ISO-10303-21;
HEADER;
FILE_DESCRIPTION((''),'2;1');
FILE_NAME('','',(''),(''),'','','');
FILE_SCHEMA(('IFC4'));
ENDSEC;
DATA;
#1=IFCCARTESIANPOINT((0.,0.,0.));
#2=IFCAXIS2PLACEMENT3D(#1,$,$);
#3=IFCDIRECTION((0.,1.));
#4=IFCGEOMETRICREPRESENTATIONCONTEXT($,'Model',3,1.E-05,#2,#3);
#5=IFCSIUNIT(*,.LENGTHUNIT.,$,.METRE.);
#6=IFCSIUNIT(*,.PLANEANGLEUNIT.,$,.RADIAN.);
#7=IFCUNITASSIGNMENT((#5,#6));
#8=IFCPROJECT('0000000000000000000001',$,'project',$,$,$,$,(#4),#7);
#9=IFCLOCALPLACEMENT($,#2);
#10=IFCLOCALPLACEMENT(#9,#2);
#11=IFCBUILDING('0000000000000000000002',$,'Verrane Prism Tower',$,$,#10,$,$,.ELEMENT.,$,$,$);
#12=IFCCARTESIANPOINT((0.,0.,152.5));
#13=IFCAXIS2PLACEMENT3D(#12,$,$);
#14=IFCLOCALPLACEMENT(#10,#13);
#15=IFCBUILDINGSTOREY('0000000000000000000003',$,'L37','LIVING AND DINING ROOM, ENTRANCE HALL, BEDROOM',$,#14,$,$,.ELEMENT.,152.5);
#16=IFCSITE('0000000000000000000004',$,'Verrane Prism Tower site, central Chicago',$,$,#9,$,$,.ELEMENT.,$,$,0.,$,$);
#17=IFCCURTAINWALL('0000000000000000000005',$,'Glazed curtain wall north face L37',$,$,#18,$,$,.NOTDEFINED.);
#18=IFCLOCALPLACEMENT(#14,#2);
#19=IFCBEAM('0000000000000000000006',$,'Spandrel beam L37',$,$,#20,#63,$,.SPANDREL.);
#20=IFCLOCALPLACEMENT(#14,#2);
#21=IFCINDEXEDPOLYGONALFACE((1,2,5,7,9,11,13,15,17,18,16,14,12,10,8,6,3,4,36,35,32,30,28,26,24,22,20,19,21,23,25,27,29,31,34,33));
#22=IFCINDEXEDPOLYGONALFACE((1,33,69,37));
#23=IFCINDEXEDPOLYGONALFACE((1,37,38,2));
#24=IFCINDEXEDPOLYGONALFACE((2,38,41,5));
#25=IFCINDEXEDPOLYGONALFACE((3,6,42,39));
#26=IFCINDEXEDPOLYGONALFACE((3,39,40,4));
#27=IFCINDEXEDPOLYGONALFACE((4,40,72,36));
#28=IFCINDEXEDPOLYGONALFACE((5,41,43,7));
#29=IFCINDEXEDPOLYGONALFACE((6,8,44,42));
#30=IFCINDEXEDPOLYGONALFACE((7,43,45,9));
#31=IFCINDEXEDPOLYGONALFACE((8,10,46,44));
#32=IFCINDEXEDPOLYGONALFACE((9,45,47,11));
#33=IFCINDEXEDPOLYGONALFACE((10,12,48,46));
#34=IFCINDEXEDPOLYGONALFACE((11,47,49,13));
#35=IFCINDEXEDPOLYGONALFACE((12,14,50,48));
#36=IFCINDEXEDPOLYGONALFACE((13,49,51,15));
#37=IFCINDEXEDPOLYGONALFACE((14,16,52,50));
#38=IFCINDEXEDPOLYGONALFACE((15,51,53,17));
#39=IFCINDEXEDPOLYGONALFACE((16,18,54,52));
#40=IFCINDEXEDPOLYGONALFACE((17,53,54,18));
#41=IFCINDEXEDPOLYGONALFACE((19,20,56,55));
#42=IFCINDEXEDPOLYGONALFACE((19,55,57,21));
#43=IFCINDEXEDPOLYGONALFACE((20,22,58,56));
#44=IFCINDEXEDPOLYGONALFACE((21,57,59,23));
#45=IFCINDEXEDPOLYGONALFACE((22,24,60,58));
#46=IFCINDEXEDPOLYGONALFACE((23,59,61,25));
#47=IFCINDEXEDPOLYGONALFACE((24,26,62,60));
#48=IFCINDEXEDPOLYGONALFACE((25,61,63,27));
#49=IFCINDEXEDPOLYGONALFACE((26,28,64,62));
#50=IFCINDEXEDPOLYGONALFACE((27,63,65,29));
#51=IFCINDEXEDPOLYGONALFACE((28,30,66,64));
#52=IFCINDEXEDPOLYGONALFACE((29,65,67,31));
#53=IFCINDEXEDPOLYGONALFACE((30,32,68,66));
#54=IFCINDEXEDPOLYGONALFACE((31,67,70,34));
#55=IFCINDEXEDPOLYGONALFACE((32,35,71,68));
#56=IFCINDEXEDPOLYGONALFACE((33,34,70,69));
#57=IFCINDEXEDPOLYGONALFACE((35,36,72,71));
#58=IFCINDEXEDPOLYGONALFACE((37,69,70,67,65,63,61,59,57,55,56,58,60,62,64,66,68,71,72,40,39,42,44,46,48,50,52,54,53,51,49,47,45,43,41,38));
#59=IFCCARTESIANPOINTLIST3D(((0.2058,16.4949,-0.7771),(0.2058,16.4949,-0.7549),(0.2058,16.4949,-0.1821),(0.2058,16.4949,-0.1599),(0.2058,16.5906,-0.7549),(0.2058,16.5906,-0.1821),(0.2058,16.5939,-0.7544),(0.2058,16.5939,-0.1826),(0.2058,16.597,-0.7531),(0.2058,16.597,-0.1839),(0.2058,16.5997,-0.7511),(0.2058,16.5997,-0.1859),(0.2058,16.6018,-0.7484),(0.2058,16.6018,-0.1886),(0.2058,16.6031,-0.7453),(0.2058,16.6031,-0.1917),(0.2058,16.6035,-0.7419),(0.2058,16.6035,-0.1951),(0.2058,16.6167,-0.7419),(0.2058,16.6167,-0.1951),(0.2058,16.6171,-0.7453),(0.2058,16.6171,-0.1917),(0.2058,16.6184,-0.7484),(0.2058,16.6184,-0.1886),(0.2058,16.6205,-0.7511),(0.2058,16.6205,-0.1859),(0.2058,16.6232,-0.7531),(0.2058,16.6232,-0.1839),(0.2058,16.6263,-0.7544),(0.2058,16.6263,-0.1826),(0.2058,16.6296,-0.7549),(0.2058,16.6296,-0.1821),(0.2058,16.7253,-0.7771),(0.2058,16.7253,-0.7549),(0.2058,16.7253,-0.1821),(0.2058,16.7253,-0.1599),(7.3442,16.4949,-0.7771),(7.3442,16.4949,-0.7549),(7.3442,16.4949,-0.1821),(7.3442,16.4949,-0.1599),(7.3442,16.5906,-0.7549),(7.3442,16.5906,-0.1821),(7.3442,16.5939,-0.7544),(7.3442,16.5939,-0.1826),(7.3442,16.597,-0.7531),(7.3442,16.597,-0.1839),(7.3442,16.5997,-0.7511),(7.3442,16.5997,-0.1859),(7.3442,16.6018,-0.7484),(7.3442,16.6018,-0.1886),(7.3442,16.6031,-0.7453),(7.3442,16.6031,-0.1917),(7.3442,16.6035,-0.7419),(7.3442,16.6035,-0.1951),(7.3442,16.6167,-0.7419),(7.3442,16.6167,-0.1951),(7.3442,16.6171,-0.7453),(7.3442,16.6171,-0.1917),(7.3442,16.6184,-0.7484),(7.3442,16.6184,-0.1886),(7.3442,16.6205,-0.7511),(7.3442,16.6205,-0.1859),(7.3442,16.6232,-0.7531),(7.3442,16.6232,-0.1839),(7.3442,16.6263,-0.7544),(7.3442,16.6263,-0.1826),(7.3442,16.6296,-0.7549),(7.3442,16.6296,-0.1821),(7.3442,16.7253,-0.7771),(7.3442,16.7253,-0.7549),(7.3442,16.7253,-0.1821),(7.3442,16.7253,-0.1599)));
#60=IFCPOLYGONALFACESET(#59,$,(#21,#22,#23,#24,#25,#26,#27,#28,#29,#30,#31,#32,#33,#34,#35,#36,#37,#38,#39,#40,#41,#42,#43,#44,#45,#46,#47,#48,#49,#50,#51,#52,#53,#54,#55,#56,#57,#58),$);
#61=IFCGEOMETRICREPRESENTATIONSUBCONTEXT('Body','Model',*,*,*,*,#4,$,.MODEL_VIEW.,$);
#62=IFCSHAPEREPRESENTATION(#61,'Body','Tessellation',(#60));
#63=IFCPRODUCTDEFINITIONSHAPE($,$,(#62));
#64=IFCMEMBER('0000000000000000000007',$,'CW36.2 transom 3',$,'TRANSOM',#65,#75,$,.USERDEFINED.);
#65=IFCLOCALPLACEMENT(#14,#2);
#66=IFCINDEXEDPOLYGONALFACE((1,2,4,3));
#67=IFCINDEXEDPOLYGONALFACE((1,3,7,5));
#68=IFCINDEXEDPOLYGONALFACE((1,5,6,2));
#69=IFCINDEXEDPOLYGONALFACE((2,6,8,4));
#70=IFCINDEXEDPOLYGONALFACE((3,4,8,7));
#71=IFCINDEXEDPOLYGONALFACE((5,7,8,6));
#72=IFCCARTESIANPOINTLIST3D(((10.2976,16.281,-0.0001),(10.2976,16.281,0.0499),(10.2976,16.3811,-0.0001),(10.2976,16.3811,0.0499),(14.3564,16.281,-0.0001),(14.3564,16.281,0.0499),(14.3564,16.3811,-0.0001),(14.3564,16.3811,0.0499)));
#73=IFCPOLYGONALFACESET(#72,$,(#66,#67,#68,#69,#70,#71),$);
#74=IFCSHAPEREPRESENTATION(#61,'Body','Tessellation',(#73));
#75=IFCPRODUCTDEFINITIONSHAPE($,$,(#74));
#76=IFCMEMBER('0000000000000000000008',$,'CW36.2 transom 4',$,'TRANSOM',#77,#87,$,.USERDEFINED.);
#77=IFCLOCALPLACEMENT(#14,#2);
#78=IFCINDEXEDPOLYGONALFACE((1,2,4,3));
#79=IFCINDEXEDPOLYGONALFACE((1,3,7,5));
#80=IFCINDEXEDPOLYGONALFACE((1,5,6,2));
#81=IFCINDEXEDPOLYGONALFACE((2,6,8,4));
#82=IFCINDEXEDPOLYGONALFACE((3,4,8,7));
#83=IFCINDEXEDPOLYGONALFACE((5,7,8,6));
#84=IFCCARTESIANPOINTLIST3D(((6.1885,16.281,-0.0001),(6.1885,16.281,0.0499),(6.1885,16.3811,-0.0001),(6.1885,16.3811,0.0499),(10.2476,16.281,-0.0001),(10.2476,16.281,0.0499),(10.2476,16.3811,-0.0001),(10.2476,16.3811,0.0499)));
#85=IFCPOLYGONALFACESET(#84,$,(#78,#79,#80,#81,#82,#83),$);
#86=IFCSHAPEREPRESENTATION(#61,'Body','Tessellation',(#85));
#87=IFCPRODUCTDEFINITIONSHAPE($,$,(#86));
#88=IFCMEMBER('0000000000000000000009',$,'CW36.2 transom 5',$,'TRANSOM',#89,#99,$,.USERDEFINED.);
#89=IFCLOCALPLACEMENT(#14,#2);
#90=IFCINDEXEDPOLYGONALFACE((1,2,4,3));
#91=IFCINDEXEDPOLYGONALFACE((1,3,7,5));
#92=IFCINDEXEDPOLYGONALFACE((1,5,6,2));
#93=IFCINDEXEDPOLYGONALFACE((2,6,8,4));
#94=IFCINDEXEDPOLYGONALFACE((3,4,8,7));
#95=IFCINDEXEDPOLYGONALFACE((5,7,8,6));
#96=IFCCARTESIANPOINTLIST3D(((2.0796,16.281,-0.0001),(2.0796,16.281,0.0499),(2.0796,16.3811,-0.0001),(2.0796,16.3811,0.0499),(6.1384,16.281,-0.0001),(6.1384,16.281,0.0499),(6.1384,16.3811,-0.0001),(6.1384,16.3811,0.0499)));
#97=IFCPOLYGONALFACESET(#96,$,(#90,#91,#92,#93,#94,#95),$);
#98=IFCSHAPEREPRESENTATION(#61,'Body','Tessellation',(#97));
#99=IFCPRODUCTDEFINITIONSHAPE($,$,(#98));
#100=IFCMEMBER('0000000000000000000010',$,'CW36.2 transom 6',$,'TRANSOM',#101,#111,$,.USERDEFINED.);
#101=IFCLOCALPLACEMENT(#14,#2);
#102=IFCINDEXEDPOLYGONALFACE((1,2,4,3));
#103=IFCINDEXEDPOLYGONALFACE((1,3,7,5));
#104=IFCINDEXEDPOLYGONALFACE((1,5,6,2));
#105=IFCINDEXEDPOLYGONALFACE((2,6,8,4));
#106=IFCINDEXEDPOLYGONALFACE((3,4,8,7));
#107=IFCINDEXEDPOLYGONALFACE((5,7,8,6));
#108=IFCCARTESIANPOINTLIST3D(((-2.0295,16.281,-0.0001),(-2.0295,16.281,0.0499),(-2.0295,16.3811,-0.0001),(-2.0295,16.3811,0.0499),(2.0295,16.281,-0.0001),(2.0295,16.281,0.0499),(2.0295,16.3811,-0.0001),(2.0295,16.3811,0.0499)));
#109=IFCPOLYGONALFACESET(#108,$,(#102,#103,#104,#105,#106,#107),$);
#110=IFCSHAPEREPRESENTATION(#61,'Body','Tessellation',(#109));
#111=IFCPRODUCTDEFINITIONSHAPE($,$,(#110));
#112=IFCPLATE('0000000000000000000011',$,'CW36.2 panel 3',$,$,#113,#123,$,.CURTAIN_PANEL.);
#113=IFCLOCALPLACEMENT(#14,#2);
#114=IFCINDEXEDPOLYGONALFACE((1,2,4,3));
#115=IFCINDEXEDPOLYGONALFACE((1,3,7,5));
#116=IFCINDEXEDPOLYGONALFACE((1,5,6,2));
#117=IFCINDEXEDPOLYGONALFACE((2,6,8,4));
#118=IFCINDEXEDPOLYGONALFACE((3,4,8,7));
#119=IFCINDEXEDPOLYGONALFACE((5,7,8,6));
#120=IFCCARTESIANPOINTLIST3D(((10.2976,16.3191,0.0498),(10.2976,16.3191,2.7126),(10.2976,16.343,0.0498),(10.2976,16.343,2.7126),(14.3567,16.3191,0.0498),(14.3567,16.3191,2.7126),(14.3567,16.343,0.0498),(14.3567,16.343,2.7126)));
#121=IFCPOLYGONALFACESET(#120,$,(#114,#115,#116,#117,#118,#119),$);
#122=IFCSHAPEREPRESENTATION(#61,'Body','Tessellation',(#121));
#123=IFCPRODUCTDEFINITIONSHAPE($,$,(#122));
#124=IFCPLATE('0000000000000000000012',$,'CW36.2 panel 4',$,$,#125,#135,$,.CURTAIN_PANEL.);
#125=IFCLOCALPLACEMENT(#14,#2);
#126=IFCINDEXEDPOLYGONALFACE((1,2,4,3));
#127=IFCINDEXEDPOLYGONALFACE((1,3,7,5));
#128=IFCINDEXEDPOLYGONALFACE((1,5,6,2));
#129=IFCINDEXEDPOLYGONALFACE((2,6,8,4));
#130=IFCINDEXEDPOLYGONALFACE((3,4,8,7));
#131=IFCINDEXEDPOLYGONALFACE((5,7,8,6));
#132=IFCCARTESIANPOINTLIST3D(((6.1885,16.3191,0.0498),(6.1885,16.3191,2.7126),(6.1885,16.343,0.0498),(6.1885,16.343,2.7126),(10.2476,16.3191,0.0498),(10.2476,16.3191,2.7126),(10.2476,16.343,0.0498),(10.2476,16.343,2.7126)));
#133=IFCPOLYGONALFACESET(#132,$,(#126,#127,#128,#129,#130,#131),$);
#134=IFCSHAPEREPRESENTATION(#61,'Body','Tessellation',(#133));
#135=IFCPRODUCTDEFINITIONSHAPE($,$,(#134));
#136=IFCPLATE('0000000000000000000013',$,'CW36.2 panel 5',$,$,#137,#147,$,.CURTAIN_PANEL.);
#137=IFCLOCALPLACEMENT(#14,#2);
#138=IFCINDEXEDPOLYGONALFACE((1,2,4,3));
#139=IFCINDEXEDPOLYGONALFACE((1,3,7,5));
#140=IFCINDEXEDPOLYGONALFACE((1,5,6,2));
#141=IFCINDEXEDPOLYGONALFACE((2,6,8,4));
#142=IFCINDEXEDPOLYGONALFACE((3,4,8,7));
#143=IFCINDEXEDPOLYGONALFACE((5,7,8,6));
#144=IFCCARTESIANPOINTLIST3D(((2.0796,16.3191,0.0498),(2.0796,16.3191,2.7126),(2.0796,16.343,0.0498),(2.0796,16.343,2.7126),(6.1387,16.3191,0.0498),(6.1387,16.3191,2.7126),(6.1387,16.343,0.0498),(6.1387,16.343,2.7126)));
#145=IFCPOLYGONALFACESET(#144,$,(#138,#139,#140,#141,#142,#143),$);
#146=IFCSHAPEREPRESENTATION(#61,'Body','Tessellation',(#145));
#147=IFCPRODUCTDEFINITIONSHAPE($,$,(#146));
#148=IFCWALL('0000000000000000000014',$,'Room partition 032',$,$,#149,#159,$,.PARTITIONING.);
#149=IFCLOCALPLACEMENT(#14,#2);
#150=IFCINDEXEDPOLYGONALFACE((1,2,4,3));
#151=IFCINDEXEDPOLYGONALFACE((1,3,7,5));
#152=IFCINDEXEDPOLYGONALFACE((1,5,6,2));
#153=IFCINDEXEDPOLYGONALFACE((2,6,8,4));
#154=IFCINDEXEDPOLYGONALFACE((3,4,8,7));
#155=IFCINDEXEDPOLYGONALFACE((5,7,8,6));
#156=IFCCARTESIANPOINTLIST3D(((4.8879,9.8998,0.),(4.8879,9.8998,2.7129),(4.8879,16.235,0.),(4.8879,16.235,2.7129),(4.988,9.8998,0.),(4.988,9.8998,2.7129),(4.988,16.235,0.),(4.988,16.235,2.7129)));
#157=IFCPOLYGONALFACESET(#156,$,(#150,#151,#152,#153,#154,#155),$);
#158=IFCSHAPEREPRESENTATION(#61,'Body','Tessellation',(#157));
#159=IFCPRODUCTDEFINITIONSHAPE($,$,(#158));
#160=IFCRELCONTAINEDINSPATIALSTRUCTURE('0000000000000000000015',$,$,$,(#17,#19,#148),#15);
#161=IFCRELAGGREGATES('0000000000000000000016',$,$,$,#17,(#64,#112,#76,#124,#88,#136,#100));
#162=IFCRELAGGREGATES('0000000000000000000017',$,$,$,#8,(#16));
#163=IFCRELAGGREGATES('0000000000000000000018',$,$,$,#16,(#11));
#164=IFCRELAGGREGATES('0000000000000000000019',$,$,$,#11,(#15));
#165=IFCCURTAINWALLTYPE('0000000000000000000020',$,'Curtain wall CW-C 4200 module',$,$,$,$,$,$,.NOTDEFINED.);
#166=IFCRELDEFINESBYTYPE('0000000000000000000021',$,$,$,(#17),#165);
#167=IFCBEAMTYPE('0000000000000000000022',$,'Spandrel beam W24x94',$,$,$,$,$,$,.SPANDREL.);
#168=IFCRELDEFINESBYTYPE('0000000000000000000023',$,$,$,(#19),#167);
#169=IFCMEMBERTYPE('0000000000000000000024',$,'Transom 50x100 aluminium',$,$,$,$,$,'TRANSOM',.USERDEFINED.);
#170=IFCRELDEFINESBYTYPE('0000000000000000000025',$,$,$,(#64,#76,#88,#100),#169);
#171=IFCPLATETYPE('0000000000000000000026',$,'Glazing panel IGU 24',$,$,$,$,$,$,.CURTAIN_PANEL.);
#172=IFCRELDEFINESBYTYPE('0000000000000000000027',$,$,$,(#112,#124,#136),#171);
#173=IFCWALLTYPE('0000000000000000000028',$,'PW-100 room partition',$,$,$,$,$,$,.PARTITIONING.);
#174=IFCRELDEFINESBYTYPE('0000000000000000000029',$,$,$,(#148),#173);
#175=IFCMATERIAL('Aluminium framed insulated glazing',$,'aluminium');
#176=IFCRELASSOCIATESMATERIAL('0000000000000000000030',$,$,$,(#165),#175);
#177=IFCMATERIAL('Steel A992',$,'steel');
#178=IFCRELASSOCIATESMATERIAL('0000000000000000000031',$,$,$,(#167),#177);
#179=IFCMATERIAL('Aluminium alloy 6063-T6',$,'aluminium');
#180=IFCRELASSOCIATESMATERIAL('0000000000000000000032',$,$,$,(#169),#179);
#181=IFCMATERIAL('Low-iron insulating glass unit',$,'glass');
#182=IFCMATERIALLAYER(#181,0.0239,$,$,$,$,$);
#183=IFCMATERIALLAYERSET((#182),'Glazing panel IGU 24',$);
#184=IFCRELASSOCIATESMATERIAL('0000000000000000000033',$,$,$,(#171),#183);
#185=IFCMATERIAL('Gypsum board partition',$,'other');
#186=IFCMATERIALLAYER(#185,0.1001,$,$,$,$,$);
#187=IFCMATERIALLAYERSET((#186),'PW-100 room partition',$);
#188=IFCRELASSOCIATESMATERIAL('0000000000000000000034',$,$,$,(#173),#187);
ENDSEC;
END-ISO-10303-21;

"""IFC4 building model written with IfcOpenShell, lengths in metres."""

from ifc_helpers import new_model, si_unit, direction, frame, frame_2d, origin, origin_2d, place, context, subcontext, project, spatial, rectangle, i_section, extrude, material, layer, layer_set, material_profile, profile_set, type_object, element, aggregate, save


model = new_model("IFC4")

# Units and contexts
model_context = context("Model", 3, precision=1e-05, world=origin(), true_north=direction((0.0, 1.0)))
body_context = subcontext(model_context, "Body", "Model", "MODEL_VIEW")
ifc_project = project(units=[si_unit("LENGTHUNIT", "METRE"), si_unit("PLANEANGLEUNIT", "RADIAN")], contexts=[model_context])

# Site, building, storey
site_placement = place(None, origin())
site = spatial("IfcSite", under=ifc_project, at=site_placement, Name="Verrane Prism Tower site, central Chicago", CompositionType="ELEMENT", RefElevation=0.0)
building_placement = place(site_placement, origin())
building = spatial("IfcBuilding", under=site, at=building_placement, Name="Verrane Prism Tower", CompositionType="ELEMENT")
storey_placement = place(building_placement, frame((0.0, 0.0, 152.5)))
storey = spatial("IfcBuildingStorey", under=building, at=storey_placement, Name="L37", Description="LIVING AND DINING ROOM, ENTRANCE HALL, BEDROOM", CompositionType="ELEMENT", Elevation=152.5)

# Curtain wall
ifc_material_1 = material(Name="Aluminium framed insulated glazing", Category="aluminium")
curtain_wall_type = type_object("IfcCurtainWallType", Name="Curtain wall CW-C 4200 module", PredefinedType="NOTDEFINED", material=ifc_material_1)
curtain_wall_placement = place(storey_placement, origin())
curtain_wall = element("IfcCurtainWall", 1, at=curtain_wall_placement, inside=storey, type_object=curtain_wall_type, Name="Glazed curtain wall north face L37", PredefinedType="NOTDEFINED")

# Beam
ifc_material_2 = material(Name="Steel A992", Category="steel")
ifc_material_profile_1 = material_profile(ifc_material_2, i_section(OverallWidth=0.2305, OverallDepth=0.6172, WebThickness=0.0132, FlangeThickness=0.0222, FilletRadius=0.0129, at=origin_2d()), Name="W24x94")
ifc_profile_set_1 = profile_set([ifc_material_profile_1], Name="Steel A992")
beam_type_1 = type_object("IfcBeamType", Name="Spandrel beam W24x94", PredefinedType="SPANDREL", material=ifc_profile_set_1)
beam_1_placement = place(storey_placement, frame((7.3442, 16.6101, -0.4685), z_axis=(-1.0, 0.0, 0.0), x_axis=(0.0, -1.0, 0.0)))
element("IfcBeam", 2, at=beam_1_placement, inside=storey, type_object=beam_type_1, Name="Spandrel beam L37", PredefinedType="SPANDREL", context=body_context, shape_type="SweptSolid", body=[
    extrude(i_section(OverallWidth=0.2305, OverallDepth=0.6172, WebThickness=0.0132, FlangeThickness=0.0222, FilletRadius=0.0129, at=origin_2d()), origin(), (0.0, 0.0, 1.0), 7.1384),
])

# Members
ifc_material_3 = material(Name="Aluminium alloy 6063-T6", Category="aluminium")
ifc_material_profile_2 = material_profile(ifc_material_3, rectangle(XDim=0.1001, YDim=0.05, at=origin_2d()), Name="Transom 50x100 aluminium")
ifc_profile_set_2 = profile_set([ifc_material_profile_2], Name="Aluminium alloy 6063-T6")
member_type_1 = type_object("IfcMemberType", Name="Transom 50x100 aluminium", ElementType="TRANSOM", PredefinedType="USERDEFINED", material=ifc_profile_set_2)
member_1_placement = place(storey_placement, frame((14.3564, 16.3311, 0.0249), z_axis=(-1.0, 0.0, 0.0), x_axis=(0.0, -1.0, 0.0)))
member_1 = element("IfcMember", 3, at=member_1_placement, type_object=member_type_1, Name="CW36.2 transom 3", ObjectType="TRANSOM", PredefinedType="USERDEFINED", context=body_context, shape_type="SweptSolid", body=[
    extrude(rectangle(XDim=0.1001, YDim=0.05, at=origin_2d()), origin(), (0.0, 0.0, 1.0), 4.0588),
])
member_2_placement = place(storey_placement, frame((10.2476, 16.3311, 0.0249), z_axis=(-1.0, 0.0, 0.0), x_axis=(0.0, -1.0, 0.0)))
member_2 = element("IfcMember", 4, at=member_2_placement, type_object=member_type_1, Name="CW36.2 transom 4", ObjectType="TRANSOM", PredefinedType="USERDEFINED", context=body_context, shape_type="SweptSolid", body=[
    extrude(rectangle(XDim=0.1001, YDim=0.05, at=origin_2d()), origin(), (0.0, 0.0, 1.0), 4.0591),
])
member_3_placement = place(storey_placement, frame((6.1384, 16.3311, 0.0249), z_axis=(-1.0, 0.0, 0.0), x_axis=(0.0, -1.0, 0.0)))
member_3 = element("IfcMember", 5, at=member_3_placement, type_object=member_type_1, Name="CW36.2 transom 5", ObjectType="TRANSOM", PredefinedType="USERDEFINED", context=body_context, shape_type="SweptSolid", body=[
    extrude(rectangle(XDim=0.1001, YDim=0.05, at=origin_2d()), origin(), (0.0, 0.0, 1.0), 4.0588),
])
member_4_placement = place(storey_placement, frame((2.0295, 16.3311, 0.0249), z_axis=(-1.0, 0.0, 0.0), x_axis=(0.0, -1.0, 0.0)))
member_4 = element("IfcMember", 6, at=member_4_placement, type_object=member_type_1, Name="CW36.2 transom 6", ObjectType="TRANSOM", PredefinedType="USERDEFINED", context=body_context, shape_type="SweptSolid", body=[
    extrude(rectangle(XDim=0.1001, YDim=0.05, at=origin_2d()), origin(), (0.0, 0.0, 1.0), 4.0591),
])

# Plates
ifc_material_4 = material(Name="Low-iron insulating glass unit", Category="glass")
ifc_layer_1 = layer(ifc_material_4, 0.0239)
ifc_layer_set_1 = layer_set([ifc_layer_1], Name="Glazing panel IGU 24")
plate_type = type_object("IfcPlateType", Name="Glazing panel IGU 24", PredefinedType="CURTAIN_PANEL", material=ifc_layer_set_1)
plate_1_placement = place(storey_placement, frame((12.3271, 16.3311, 0.0498), z_axis=(0.0, 0.0, 1.0), x_axis=(-1.0, 0.0, 0.0)))
plate_1 = element("IfcPlate", 7, at=plate_1_placement, type_object=plate_type, Name="CW36.2 panel 3", PredefinedType="CURTAIN_PANEL", context=body_context, shape_type="SweptSolid", body=[
    extrude(rectangle(XDim=4.0591, YDim=0.0239, at=origin_2d()), origin(), (0.0, 0.0, 1.0), 2.6628),
])
plate_2_placement = place(storey_placement, frame((8.218, 16.3311, 0.0498), z_axis=(0.0, 0.0, 1.0), x_axis=(-1.0, 0.0, 0.0)))
plate_2 = element("IfcPlate", 8, at=plate_2_placement, type_object=plate_type, Name="CW36.2 panel 4", PredefinedType="CURTAIN_PANEL", context=body_context, shape_type="SweptSolid", body=[
    extrude(rectangle(XDim=4.0591, YDim=0.0239, at=origin_2d()), origin(), (0.0, 0.0, 1.0), 2.6628),
])
plate_3_placement = place(storey_placement, frame((4.1091, 16.3311, 0.0498), z_axis=(0.0, 0.0, 1.0), x_axis=(-1.0, 0.0, 0.0)))
plate_3 = element("IfcPlate", 9, at=plate_3_placement, type_object=plate_type, Name="CW36.2 panel 5", PredefinedType="CURTAIN_PANEL", context=body_context, shape_type="SweptSolid", body=[
    extrude(rectangle(XDim=4.0591, YDim=0.0239, at=origin_2d()), origin(), (0.0, 0.0, 1.0), 2.6628),
])
aggregate(curtain_wall, [member_1, plate_1, member_2, plate_2, member_3, plate_3, member_4])

# Wall
ifc_material_5 = material(Name="Gypsum board partition", Category="other")
ifc_layer_2 = layer(ifc_material_5, 0.1001)
ifc_layer_set_2 = layer_set([ifc_layer_2], Name="PW-100 room partition")
wall_type_1 = type_object("IfcWallType", Name="PW-100 room partition", PredefinedType="PARTITIONING", material=ifc_layer_set_2)
wall_1_placement = place(storey_placement, frame((4.938, 9.8999, 0.0), z_axis=(0.0, 0.0, 1.0), x_axis=(0.0, 1.0, 0.0)))
element("IfcWall", 10, at=wall_1_placement, inside=storey, type_object=wall_type_1, Name="Room partition 032", PredefinedType="PARTITIONING", context=body_context, shape_type="SweptSolid", body=[
    extrude(rectangle(XDim=6.3352, YDim=0.1001, at=frame_2d((3.1675, 0.0))), origin(), (0.0, 0.0, 1.0), 2.7129),
])

save(model, "model.ifc")
